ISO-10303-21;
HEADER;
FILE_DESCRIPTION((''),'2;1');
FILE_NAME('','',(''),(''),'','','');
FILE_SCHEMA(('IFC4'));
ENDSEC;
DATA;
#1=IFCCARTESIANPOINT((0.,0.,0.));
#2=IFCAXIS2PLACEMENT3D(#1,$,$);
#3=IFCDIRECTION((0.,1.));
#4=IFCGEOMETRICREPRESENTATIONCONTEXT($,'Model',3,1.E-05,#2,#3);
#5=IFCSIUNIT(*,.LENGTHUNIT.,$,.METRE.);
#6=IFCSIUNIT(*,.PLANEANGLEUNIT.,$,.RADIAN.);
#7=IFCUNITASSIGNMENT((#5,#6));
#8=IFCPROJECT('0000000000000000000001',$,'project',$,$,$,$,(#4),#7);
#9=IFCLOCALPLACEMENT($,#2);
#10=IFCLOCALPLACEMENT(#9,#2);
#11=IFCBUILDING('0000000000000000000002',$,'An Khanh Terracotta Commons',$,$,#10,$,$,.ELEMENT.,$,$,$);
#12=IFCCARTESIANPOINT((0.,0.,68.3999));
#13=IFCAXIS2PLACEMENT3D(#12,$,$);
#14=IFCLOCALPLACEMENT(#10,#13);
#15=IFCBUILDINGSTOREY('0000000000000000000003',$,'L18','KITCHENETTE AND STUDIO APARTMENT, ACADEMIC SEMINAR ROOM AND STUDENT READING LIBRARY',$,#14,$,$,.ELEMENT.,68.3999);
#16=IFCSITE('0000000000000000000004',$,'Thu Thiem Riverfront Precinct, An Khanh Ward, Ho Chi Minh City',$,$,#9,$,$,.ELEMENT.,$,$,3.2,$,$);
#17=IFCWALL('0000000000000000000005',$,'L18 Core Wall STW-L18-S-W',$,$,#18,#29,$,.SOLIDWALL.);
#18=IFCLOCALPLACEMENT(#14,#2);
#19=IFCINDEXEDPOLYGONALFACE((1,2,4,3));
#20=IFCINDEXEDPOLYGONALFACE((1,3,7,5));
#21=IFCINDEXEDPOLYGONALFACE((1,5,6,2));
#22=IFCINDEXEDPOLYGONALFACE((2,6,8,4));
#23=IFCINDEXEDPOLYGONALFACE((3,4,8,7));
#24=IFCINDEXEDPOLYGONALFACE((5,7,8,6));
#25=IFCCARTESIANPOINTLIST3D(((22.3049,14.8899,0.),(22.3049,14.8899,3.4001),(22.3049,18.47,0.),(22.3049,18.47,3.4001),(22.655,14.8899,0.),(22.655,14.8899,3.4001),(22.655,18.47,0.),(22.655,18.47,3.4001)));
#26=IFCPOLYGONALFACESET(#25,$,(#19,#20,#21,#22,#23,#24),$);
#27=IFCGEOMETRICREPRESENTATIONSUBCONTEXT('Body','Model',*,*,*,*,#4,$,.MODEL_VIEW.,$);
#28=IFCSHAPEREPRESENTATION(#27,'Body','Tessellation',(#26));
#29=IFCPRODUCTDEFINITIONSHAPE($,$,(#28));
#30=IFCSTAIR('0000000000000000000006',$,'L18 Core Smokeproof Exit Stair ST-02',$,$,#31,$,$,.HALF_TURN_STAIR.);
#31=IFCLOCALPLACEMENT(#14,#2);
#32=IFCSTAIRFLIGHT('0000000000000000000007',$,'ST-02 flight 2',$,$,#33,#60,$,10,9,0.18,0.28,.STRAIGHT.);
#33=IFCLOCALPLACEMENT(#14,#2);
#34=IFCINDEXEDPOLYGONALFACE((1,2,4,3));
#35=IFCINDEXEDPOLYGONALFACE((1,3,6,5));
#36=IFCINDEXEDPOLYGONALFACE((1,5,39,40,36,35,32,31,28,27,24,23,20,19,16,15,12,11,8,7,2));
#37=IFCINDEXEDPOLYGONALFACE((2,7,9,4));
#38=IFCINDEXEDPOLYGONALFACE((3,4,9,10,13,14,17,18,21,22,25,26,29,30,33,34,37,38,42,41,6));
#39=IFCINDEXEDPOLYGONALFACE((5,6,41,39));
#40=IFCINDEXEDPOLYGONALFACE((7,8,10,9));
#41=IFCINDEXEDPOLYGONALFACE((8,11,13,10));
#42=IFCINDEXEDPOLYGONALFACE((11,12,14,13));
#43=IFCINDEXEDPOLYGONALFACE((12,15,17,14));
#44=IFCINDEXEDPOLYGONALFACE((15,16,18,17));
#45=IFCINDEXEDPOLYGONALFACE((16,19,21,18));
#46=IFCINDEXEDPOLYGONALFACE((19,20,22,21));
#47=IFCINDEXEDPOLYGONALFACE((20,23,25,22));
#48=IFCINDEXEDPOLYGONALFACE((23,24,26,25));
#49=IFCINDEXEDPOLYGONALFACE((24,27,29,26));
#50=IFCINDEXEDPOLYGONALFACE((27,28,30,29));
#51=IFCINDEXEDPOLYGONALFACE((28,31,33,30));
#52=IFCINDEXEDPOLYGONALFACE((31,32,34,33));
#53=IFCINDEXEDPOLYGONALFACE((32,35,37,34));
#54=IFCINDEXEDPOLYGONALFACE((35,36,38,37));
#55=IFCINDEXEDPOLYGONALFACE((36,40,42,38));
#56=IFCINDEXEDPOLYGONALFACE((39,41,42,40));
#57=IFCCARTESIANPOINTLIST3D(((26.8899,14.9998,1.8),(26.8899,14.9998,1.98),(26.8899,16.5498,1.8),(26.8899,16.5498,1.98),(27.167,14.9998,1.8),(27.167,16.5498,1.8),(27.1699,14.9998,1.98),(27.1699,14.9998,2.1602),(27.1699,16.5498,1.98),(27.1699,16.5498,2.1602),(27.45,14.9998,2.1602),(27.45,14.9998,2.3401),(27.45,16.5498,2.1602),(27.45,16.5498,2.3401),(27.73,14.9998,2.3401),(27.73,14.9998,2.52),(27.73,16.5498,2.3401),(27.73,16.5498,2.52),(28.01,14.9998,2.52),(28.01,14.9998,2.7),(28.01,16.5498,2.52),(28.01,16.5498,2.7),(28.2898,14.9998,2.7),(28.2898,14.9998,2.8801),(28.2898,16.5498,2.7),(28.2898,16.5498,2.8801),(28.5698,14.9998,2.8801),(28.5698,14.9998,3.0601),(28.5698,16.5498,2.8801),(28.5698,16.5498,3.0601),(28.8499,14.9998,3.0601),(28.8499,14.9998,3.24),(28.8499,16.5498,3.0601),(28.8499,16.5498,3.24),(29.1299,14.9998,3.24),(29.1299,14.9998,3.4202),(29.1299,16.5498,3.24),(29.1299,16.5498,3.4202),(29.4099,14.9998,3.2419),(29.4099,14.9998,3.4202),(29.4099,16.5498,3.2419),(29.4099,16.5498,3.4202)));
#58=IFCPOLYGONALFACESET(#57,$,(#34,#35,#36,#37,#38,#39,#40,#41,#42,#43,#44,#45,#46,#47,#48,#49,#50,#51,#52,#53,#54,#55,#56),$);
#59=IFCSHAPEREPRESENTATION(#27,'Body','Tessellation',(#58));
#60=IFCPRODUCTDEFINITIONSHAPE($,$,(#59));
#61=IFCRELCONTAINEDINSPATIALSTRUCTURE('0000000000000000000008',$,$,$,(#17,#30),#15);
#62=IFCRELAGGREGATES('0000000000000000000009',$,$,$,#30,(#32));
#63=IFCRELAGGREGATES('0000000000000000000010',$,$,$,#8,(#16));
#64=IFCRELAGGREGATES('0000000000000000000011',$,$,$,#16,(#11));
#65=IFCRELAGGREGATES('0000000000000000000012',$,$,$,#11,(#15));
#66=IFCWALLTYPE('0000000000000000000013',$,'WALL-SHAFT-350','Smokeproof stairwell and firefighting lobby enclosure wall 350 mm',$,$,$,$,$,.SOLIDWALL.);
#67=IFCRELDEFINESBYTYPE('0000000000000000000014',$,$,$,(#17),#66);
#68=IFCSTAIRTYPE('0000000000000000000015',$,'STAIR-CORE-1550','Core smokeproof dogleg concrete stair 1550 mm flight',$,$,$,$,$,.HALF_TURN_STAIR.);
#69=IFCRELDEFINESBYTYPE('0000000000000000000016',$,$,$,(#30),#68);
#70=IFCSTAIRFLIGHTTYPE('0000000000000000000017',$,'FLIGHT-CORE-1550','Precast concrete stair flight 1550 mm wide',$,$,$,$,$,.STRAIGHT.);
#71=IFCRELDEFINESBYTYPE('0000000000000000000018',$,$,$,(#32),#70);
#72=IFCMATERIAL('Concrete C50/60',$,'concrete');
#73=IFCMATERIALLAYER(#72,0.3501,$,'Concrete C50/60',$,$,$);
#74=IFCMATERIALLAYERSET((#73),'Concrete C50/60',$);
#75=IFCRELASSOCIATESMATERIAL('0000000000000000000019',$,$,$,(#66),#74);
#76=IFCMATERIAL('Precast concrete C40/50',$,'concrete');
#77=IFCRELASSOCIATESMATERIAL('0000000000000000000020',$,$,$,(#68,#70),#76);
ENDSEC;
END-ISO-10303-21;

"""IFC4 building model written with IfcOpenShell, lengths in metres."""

from ifc_helpers import new_model, si_unit, direction, frame, frame_2d, origin, place, context, subcontext, project, spatial, polyline, rectangle, outline, extrude, material, layer, layer_set, type_object, element, aggregate, save


model = new_model("IFC4")

# Units and contexts
model_context = context("Model", 3, precision=1e-05, world=origin(), true_north=direction((0.0, 1.0)))
body_context = subcontext(model_context, "Body", "Model", "MODEL_VIEW")
ifc_project = project(units=[si_unit("LENGTHUNIT", "METRE"), si_unit("PLANEANGLEUNIT", "RADIAN")], contexts=[model_context])

# Site, building, storey
site_placement = place(None, origin())
site = spatial("IfcSite", under=ifc_project, at=site_placement, Name="Thu Thiem Riverfront Precinct, An Khanh Ward, Ho Chi Minh City", CompositionType="ELEMENT", RefElevation=3.2)
building_placement = place(site_placement, origin())
building = spatial("IfcBuilding", under=site, at=building_placement, Name="An Khanh Terracotta Commons", CompositionType="ELEMENT")
storey_placement = place(building_placement, frame((0.0, 0.0, 68.3999)))
storey = spatial("IfcBuildingStorey", under=building, at=storey_placement, Name="L18", Description="KITCHENETTE AND STUDIO APARTMENT, ACADEMIC SEMINAR ROOM AND STUDENT READING LIBRARY", CompositionType="ELEMENT", Elevation=68.3999)

# Wall
ifc_material_1 = material(Name="Concrete C50/60", Category="concrete")
ifc_layer_1 = layer(ifc_material_1, 0.3501, Name="Concrete C50/60")
ifc_layer_set_1 = layer_set([ifc_layer_1], Name="Concrete C50/60")
wall_type_1 = type_object("IfcWallType", Name="WALL-SHAFT-350", Description="Smokeproof stairwell and firefighting lobby enclosure wall 350 mm", PredefinedType="SOLIDWALL", material=ifc_layer_set_1)
wall_1_placement = place(storey_placement, frame((22.48, 14.8899, 0.0), z_axis=(0.0, 0.0, 1.0), x_axis=(0.0, 1.0, 0.0)))
element("IfcWall", 1, at=wall_1_placement, inside=storey, type_object=wall_type_1, Name="L18 Core Wall STW-L18-S-W", PredefinedType="SOLIDWALL", context=body_context, shape_type="SweptSolid", body=[
    extrude(rectangle(XDim=3.5801, YDim=0.3501, at=frame_2d((1.79, 0.0))), origin(), (0.0, 0.0, 1.0), 3.4001),
])

# Stair, stair flight
ifc_material_2 = material(Name="Precast concrete C40/50", Category="concrete")
stair_type = type_object("IfcStairType", Name="STAIR-CORE-1550", Description="Core smokeproof dogleg concrete stair 1550 mm flight", PredefinedType="HALF_TURN_STAIR", material=ifc_material_2)
stair_placement = place(storey_placement, origin())
stair = element("IfcStair", 2, at=stair_placement, inside=storey, type_object=stair_type, Name="L18 Core Smokeproof Exit Stair ST-02", PredefinedType="HALF_TURN_STAIR")
stair_flight_type = type_object("IfcStairFlightType", Name="FLIGHT-CORE-1550", Description="Precast concrete stair flight 1550 mm wide", PredefinedType="STRAIGHT", material=ifc_material_2)
stair_flight_placement = place(storey_placement, frame((26.8899, 15.7749, 1.8), z_axis=(0.0, 0.0, 1.0), x_axis=(1.0, 0.0, 0.0)))
stair_flight = element("IfcStairFlight", 3, at=stair_flight_placement, type_object=stair_flight_type, Name="ST-02 flight 2", NumberOfRisers=10, NumberOfTreads=9, PredefinedType="STRAIGHT", RiserHeight=0.18, TreadLength=0.28, context=body_context, shape_type="SweptSolid", body=[
    extrude(outline(polyline([(0.0, 0.0), (0.0, 0.1799), (0.28, 0.1799), (0.28, 0.3601), (0.5601, 0.3601), (0.5601, 0.54), (0.8401, 0.54), (0.8401, 0.72), (1.1201, 0.72), (1.1201, 0.8999), (1.3999, 0.8999), (1.3999, 1.0801), (1.6799, 1.0801), (1.6799, 1.26), (1.96, 1.26), (1.96, 1.4399), (2.24, 1.4399), (2.24, 1.6201), (2.52, 1.6201), (2.52, 1.8), (2.52, 1.4419), (0.2771, 0.0), (0.0, 0.0)])), frame((0.0, 0.7749, 0.0), z_axis=(0.0, -1.0, 0.0), x_axis=(1.0, 0.0, 0.0)), (0.0, 0.0, 1.0), 1.55),
])
aggregate(stair, [stair_flight])

save(model, "model.ifc")
